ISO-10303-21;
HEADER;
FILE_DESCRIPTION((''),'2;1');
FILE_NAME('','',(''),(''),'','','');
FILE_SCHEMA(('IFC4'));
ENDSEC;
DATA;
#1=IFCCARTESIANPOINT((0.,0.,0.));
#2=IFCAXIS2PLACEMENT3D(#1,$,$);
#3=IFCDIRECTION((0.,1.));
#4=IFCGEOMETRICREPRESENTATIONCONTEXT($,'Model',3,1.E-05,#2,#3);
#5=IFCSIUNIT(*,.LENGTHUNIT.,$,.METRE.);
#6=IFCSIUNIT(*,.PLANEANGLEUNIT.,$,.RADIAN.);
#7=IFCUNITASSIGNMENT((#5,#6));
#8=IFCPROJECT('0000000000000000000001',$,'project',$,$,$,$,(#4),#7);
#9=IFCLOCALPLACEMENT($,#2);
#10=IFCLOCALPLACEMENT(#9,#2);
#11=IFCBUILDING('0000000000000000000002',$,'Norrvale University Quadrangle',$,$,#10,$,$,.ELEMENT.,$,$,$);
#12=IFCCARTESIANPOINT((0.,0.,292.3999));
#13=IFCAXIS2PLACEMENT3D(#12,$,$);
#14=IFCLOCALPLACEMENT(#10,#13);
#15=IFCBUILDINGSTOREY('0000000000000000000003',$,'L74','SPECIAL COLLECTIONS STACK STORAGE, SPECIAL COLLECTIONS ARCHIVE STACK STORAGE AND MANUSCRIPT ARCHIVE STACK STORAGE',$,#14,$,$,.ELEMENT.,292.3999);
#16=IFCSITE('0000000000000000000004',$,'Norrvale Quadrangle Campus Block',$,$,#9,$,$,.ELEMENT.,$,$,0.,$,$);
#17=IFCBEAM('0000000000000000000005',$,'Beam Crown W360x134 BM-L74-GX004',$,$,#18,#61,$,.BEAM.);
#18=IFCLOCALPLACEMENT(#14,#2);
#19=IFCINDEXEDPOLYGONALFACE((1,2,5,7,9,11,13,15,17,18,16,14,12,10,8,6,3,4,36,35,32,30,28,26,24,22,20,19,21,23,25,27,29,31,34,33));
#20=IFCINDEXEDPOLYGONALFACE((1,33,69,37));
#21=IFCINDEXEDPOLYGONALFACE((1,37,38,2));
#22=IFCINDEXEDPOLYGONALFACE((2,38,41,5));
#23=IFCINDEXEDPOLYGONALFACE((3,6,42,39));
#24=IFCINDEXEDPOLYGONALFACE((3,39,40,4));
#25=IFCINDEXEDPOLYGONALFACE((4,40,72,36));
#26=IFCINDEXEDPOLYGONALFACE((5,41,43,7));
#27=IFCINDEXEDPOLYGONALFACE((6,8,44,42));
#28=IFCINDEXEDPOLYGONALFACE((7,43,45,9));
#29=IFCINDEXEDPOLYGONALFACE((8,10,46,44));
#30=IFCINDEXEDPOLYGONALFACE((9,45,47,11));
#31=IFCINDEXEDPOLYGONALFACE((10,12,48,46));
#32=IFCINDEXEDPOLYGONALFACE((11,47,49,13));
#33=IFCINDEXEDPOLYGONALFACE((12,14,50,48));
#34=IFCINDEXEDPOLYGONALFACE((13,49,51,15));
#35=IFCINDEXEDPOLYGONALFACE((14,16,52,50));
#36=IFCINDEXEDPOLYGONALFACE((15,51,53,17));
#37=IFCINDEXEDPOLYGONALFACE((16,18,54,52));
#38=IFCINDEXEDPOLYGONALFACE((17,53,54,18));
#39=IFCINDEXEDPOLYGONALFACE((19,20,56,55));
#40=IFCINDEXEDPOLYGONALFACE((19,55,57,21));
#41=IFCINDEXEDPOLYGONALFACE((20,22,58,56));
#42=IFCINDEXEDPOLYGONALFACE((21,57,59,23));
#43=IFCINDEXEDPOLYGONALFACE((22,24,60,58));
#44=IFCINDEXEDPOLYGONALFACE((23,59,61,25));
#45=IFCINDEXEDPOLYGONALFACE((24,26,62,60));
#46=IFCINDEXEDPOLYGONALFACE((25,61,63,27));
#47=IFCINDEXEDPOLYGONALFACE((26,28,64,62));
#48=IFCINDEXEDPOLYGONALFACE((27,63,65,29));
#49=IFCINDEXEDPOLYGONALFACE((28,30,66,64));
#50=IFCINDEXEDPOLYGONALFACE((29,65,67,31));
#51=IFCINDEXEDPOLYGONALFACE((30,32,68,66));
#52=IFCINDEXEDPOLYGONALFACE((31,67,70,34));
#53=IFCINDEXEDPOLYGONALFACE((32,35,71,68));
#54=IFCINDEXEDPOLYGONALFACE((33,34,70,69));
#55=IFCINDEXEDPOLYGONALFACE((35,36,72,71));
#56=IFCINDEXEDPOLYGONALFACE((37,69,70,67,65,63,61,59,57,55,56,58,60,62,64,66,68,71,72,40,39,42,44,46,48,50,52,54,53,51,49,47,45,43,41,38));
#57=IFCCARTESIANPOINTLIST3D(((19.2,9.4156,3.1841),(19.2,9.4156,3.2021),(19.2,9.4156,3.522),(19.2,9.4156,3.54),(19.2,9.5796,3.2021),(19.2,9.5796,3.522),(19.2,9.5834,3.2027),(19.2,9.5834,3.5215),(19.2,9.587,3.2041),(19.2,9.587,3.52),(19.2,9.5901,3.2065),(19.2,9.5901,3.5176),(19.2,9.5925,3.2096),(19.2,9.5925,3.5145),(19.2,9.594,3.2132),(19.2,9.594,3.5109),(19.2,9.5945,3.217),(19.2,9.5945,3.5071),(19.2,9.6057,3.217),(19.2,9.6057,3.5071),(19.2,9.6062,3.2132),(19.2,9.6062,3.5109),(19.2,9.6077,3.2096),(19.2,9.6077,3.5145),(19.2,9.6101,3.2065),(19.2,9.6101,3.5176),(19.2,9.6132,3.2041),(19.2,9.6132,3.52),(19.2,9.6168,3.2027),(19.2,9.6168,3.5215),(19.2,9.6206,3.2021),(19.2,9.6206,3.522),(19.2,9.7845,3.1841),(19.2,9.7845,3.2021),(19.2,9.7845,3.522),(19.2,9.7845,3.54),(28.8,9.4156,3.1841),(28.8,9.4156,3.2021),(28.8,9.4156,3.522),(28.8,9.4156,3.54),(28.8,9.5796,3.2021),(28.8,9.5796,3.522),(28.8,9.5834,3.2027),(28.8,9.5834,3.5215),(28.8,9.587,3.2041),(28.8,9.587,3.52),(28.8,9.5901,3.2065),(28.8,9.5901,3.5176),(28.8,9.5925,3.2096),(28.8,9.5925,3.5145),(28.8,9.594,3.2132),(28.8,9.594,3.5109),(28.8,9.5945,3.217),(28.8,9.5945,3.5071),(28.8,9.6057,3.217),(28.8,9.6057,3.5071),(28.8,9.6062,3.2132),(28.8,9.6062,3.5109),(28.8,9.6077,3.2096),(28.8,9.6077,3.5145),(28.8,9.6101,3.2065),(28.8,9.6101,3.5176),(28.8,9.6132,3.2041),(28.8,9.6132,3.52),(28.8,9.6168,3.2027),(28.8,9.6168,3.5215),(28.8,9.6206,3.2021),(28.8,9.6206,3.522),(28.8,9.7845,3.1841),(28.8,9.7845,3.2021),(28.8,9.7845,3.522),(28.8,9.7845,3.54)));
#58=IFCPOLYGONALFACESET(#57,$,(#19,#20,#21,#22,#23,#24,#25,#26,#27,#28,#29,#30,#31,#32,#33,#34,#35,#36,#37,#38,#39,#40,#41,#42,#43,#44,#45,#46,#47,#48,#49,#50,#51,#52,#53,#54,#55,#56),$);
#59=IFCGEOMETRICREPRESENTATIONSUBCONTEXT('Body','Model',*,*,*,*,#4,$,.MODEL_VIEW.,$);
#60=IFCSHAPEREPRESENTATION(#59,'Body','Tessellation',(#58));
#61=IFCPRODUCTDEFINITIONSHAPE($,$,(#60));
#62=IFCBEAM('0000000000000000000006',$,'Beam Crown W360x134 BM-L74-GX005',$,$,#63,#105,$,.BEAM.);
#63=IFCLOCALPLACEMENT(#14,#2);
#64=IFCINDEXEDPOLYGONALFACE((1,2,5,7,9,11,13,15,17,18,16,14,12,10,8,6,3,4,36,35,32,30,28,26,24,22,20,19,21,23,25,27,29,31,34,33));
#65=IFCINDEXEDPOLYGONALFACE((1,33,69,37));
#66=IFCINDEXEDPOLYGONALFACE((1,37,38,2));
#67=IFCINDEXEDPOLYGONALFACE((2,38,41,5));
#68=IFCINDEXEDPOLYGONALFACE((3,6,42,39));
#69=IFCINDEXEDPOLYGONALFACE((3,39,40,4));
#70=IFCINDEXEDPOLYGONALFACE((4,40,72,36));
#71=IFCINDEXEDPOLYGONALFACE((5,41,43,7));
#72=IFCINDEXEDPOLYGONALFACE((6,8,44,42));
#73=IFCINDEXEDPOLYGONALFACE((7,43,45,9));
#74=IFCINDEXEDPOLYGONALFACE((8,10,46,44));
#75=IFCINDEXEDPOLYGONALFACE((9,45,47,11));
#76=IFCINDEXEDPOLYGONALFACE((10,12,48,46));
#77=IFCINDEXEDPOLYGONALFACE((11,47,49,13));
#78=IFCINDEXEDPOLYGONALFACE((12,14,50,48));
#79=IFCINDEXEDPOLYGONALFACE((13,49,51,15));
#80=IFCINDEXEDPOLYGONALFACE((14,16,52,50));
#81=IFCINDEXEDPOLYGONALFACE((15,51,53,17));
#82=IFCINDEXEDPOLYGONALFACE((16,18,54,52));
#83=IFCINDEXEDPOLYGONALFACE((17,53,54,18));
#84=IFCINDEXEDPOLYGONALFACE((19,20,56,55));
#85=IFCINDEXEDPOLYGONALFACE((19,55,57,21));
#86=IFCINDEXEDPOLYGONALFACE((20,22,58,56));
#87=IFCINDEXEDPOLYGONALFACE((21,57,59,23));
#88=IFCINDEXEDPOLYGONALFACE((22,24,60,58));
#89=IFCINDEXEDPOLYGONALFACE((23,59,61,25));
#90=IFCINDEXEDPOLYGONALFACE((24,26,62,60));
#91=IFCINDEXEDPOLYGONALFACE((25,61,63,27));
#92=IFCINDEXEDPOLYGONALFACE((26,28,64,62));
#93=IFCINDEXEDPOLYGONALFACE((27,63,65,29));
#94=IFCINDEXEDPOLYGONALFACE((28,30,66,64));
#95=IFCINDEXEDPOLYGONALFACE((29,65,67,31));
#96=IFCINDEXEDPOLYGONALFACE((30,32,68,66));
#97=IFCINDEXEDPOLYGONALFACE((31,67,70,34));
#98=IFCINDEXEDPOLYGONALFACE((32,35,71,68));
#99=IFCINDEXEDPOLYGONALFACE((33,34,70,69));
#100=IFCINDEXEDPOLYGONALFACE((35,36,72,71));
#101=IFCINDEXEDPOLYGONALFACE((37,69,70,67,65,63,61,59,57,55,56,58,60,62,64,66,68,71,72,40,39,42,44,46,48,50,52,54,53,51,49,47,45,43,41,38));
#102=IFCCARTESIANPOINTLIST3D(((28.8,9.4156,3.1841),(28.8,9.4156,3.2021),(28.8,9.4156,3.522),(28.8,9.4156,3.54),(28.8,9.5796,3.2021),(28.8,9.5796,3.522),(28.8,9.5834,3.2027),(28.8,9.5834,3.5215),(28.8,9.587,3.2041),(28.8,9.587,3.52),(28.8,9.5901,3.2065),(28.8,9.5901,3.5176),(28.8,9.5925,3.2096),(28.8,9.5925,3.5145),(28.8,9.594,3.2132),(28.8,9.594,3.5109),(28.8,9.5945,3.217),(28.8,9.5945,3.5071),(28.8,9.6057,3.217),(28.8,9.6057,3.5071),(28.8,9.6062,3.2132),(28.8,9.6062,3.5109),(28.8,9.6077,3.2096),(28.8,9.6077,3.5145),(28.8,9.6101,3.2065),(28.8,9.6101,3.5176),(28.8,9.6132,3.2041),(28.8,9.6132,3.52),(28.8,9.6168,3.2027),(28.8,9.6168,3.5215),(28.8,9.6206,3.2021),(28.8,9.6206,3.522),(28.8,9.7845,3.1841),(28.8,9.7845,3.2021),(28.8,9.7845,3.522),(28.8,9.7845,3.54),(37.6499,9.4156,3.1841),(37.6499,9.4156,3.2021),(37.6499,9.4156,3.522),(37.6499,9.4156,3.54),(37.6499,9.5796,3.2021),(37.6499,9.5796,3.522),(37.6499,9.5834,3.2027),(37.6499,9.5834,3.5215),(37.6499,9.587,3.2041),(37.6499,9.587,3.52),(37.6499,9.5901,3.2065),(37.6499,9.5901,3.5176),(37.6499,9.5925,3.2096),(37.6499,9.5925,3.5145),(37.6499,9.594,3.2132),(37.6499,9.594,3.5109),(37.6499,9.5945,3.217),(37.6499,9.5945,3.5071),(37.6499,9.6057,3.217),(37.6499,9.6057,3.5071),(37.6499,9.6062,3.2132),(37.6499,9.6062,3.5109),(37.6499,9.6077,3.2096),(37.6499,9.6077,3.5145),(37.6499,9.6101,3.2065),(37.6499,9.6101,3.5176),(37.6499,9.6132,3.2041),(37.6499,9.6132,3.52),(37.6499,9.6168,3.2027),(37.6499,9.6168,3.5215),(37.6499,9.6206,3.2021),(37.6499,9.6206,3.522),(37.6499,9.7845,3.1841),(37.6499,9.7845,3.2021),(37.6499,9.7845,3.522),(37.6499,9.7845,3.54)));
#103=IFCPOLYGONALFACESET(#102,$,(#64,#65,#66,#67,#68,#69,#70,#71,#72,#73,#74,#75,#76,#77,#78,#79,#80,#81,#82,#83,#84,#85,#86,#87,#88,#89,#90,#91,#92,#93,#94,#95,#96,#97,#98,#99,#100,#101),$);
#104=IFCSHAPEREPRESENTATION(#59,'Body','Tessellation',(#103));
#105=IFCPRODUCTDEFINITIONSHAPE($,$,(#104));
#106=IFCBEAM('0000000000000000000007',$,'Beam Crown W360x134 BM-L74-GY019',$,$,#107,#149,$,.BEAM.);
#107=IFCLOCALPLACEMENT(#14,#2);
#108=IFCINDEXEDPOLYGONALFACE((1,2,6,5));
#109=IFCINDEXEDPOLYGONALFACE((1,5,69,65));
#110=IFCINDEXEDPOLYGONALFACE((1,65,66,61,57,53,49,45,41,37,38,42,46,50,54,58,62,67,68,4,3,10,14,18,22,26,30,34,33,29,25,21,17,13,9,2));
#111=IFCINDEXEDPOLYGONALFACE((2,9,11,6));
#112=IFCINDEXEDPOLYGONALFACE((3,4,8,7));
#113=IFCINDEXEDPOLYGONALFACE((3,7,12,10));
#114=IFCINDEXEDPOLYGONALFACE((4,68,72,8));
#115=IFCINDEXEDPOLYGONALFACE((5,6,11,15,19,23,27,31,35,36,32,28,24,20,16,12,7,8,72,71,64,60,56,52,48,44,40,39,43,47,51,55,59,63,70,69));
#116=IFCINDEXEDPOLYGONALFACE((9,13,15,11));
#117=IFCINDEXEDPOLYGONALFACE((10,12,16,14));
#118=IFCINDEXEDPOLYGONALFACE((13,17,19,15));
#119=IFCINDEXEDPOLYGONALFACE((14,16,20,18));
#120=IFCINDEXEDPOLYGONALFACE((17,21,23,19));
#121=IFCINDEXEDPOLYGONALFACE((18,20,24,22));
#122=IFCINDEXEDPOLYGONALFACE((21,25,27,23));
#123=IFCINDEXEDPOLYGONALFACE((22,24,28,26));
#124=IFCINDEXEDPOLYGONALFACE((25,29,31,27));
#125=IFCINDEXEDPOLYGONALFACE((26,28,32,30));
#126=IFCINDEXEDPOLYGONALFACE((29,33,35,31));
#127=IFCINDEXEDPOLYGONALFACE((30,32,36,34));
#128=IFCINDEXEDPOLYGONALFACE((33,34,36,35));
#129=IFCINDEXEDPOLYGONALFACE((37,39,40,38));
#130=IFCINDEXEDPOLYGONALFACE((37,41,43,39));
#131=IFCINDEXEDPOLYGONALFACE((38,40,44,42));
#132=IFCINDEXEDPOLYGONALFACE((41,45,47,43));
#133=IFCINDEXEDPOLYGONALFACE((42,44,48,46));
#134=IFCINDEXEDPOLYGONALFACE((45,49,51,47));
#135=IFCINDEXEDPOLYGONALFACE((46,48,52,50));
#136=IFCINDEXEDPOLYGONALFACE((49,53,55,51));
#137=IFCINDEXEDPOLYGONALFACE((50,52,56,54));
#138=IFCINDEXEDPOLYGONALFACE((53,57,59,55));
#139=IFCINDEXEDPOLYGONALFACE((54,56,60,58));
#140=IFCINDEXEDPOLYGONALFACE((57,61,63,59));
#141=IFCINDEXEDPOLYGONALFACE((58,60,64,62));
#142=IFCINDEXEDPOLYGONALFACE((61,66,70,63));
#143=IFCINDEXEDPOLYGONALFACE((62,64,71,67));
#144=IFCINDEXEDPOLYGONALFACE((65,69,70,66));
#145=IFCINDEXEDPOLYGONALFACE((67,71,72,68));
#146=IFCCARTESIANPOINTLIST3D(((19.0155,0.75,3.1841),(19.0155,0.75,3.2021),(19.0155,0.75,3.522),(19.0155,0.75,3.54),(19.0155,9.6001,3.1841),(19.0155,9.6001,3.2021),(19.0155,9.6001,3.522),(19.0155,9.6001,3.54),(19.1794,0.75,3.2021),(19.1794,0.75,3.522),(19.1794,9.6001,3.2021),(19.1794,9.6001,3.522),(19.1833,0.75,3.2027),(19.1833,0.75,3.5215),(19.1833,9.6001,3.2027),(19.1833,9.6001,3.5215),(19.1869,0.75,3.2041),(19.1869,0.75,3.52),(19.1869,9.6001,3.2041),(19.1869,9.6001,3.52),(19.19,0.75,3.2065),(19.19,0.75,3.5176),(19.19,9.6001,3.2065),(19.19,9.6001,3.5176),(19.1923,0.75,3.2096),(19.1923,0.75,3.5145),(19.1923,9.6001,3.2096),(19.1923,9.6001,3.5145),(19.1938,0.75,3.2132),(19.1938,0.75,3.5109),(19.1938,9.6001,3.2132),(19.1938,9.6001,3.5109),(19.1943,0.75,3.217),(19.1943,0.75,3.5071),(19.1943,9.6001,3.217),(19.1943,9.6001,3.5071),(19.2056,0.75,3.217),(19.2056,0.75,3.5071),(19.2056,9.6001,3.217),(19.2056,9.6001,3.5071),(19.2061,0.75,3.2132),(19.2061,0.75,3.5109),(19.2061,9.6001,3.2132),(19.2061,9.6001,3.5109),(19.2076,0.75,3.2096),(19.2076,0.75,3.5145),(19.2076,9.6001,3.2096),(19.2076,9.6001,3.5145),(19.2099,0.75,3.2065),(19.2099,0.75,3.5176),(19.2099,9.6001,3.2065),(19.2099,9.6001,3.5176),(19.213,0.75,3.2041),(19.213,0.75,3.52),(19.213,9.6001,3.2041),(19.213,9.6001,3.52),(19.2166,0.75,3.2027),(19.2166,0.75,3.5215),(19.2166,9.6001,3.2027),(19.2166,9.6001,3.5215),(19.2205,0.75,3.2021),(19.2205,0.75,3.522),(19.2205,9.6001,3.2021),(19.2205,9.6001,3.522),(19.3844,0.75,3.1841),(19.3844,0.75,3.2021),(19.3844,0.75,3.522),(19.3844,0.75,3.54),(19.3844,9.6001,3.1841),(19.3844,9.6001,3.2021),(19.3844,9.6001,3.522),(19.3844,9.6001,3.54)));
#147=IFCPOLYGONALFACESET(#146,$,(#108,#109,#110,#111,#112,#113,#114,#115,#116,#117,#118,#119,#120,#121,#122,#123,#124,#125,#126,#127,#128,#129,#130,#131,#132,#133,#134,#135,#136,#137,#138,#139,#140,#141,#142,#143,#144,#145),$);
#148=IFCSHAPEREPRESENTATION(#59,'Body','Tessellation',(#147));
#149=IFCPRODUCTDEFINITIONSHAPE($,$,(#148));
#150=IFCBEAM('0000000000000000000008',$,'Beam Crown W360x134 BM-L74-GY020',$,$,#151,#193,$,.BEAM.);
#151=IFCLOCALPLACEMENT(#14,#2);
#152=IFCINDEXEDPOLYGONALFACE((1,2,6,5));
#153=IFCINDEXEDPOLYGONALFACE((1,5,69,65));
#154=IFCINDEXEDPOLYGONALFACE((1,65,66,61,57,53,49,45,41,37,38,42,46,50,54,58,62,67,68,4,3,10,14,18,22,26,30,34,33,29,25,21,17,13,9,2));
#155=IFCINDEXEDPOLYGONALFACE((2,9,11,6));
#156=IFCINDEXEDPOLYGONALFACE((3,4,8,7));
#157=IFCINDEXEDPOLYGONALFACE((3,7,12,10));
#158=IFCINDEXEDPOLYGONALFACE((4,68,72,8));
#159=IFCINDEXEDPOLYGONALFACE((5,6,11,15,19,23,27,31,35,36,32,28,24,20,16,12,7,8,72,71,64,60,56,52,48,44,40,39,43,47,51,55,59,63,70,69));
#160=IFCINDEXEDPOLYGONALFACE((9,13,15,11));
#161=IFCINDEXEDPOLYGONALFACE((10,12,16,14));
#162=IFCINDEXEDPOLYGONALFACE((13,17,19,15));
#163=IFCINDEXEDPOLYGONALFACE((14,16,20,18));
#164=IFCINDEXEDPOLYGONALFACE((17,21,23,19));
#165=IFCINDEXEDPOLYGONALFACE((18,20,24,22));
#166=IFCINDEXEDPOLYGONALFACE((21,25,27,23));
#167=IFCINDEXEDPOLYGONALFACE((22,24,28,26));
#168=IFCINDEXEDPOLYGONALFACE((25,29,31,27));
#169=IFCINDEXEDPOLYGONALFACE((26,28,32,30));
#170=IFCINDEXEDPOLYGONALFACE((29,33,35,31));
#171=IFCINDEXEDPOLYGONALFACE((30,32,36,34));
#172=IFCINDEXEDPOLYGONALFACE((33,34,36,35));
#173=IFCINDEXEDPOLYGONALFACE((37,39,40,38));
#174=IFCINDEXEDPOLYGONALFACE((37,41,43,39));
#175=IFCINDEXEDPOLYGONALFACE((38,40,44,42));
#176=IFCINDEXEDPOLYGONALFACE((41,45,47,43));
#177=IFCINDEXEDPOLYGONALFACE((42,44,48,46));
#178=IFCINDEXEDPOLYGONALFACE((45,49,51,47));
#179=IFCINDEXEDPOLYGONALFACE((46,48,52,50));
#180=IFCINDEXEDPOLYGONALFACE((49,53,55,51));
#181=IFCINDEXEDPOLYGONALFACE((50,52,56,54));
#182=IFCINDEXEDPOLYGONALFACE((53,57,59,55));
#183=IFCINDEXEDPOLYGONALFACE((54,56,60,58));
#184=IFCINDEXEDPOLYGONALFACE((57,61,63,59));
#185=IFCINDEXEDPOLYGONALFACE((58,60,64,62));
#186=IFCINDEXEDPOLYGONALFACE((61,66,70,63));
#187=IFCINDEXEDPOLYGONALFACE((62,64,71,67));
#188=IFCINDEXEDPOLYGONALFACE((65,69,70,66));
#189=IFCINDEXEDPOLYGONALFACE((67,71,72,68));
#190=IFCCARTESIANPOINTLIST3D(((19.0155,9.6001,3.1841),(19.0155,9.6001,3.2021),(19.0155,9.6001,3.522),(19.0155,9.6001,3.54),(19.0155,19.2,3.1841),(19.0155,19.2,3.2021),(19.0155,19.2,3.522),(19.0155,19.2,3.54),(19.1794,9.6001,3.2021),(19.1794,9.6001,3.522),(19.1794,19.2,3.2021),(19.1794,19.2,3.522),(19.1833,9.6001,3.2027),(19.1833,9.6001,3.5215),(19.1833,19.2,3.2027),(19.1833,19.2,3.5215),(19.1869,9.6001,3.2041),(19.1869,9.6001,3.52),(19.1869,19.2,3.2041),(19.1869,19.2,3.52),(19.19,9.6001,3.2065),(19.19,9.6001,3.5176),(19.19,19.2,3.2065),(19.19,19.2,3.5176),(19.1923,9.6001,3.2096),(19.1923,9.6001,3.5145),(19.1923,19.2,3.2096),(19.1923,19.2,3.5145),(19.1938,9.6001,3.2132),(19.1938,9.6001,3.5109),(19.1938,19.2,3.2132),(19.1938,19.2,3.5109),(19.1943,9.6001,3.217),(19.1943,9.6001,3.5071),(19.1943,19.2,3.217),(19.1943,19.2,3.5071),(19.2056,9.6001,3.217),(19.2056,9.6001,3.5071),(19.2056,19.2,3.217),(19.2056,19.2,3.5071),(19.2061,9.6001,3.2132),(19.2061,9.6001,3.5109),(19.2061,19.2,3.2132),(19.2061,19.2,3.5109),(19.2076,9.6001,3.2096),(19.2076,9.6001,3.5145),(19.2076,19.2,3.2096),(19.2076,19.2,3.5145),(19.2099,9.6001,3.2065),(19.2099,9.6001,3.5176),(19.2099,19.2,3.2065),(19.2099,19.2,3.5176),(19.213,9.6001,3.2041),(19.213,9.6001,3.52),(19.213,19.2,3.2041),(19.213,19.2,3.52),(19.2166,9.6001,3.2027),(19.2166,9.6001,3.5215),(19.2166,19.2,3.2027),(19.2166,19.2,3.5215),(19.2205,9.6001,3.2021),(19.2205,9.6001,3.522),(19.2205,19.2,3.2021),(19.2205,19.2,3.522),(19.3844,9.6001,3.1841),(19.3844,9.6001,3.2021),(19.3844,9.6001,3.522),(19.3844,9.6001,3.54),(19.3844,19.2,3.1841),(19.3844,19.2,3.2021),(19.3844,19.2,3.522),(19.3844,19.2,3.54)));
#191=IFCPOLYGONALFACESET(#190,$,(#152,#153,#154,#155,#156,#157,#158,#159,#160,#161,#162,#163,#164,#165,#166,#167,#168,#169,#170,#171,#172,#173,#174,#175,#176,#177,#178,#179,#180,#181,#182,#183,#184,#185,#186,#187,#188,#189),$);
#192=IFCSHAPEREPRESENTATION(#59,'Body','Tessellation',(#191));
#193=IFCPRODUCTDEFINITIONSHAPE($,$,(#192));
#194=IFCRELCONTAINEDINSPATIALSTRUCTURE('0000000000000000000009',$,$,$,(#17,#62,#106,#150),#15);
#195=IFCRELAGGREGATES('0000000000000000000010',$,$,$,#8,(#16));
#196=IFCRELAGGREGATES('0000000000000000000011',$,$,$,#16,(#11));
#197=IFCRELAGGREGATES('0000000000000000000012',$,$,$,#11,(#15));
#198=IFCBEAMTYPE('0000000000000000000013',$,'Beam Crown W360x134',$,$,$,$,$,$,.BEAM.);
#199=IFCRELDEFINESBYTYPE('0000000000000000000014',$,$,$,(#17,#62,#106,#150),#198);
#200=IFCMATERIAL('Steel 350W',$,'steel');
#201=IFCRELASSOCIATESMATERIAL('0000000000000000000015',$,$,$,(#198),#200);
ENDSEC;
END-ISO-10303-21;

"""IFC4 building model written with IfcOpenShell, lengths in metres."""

from ifc_helpers import new_model, si_unit, direction, frame, origin, origin_2d, place, context, subcontext, project, spatial, i_section, extrude, material, material_profile, profile_set, type_object, element, save


model = new_model("IFC4")

# Units and contexts
model_context = context("Model", 3, precision=1e-05, world=origin(), true_north=direction((0.0, 1.0)))
body_context = subcontext(model_context, "Body", "Model", "MODEL_VIEW")
ifc_project = project(units=[si_unit("LENGTHUNIT", "METRE"), si_unit("PLANEANGLEUNIT", "RADIAN")], contexts=[model_context])

# Site, building, storey
site_placement = place(None, origin())
site = spatial("IfcSite", under=ifc_project, at=site_placement, Name="Norrvale Quadrangle Campus Block", CompositionType="ELEMENT", RefElevation=0.0)
building_placement = place(site_placement, origin())
building = spatial("IfcBuilding", under=site, at=building_placement, Name="Norrvale University Quadrangle", CompositionType="ELEMENT")
storey_placement = place(building_placement, frame((0.0, 0.0, 292.3999)))
storey = spatial("IfcBuildingStorey", under=building, at=storey_placement, Name="L74", Description="SPECIAL COLLECTIONS STACK STORAGE, SPECIAL COLLECTIONS ARCHIVE STACK STORAGE AND MANUSCRIPT ARCHIVE STACK STORAGE", CompositionType="ELEMENT", Elevation=292.3999)

# Beams
ifc_material_1 = material(Name="Steel 350W", Category="steel")
ifc_material_profile_1 = material_profile(ifc_material_1, i_section(OverallWidth=0.3689, OverallDepth=0.356, WebThickness=0.0112, FlangeThickness=0.0181, FilletRadius=0.0149, at=origin_2d()), Name="Steel 350W")
ifc_profile_set_1 = profile_set([ifc_material_profile_1], Name="Steel 350W")
beam_type_1 = type_object("IfcBeamType", Name="Beam Crown W360x134", PredefinedType="BEAM", material=ifc_profile_set_1)
beam_1_placement = place(storey_placement, frame((19.2, 9.6001, 3.3621), z_axis=(1.0, 0.0, 0.0), x_axis=(0.0, 1.0, 0.0)))
element("IfcBeam", 1, at=beam_1_placement, inside=storey, type_object=beam_type_1, Name="Beam Crown W360x134 BM-L74-GX004", PredefinedType="BEAM", context=body_context, shape_type="SweptSolid", body=[
    extrude(i_section(OverallWidth=0.3689, OverallDepth=0.356, WebThickness=0.0112, FlangeThickness=0.0181, FilletRadius=0.0149, at=origin_2d()), origin(), (0.0, 0.0, 1.0), 9.6001),
])
beam_2_placement = place(storey_placement, frame((28.8, 9.6001, 3.3621), z_axis=(1.0, 0.0, 0.0), x_axis=(0.0, 1.0, 0.0)))
element("IfcBeam", 2, at=beam_2_placement, inside=storey, type_object=beam_type_1, Name="Beam Crown W360x134 BM-L74-GX005", PredefinedType="BEAM", context=body_context, shape_type="SweptSolid", body=[
    extrude(i_section(OverallWidth=0.3689, OverallDepth=0.356, WebThickness=0.0112, FlangeThickness=0.0181, FilletRadius=0.0149, at=origin_2d()), origin(), (0.0, 0.0, 1.0), 8.8499),
])
beam_3_placement = place(storey_placement, frame((19.2, 0.75, 3.3621), z_axis=(0.0, 1.0, 0.0), x_axis=(-1.0, 0.0, 0.0)))
element("IfcBeam", 3, at=beam_3_placement, inside=storey, type_object=beam_type_1, Name="Beam Crown W360x134 BM-L74-GY019", PredefinedType="BEAM", context=body_context, shape_type="SweptSolid", body=[
    extrude(i_section(OverallWidth=0.3689, OverallDepth=0.356, WebThickness=0.0112, FlangeThickness=0.0181, FilletRadius=0.0149, at=origin_2d()), origin(), (0.0, 0.0, 1.0), 8.8501),
])
beam_4_placement = place(storey_placement, frame((19.2, 9.6001, 3.3621), z_axis=(0.0, 1.0, 0.0), x_axis=(-1.0, 0.0, 0.0)))
element("IfcBeam", 4, at=beam_4_placement, inside=storey, type_object=beam_type_1, Name="Beam Crown W360x134 BM-L74-GY020", PredefinedType="BEAM", context=body_context, shape_type="SweptSolid", body=[
    extrude(i_section(OverallWidth=0.3689, OverallDepth=0.356, WebThickness=0.0112, FlangeThickness=0.0181, FilletRadius=0.0149, at=origin_2d()), origin(), (0.0, 0.0, 1.0), 9.5999),
])

save(model, "model.ifc")
